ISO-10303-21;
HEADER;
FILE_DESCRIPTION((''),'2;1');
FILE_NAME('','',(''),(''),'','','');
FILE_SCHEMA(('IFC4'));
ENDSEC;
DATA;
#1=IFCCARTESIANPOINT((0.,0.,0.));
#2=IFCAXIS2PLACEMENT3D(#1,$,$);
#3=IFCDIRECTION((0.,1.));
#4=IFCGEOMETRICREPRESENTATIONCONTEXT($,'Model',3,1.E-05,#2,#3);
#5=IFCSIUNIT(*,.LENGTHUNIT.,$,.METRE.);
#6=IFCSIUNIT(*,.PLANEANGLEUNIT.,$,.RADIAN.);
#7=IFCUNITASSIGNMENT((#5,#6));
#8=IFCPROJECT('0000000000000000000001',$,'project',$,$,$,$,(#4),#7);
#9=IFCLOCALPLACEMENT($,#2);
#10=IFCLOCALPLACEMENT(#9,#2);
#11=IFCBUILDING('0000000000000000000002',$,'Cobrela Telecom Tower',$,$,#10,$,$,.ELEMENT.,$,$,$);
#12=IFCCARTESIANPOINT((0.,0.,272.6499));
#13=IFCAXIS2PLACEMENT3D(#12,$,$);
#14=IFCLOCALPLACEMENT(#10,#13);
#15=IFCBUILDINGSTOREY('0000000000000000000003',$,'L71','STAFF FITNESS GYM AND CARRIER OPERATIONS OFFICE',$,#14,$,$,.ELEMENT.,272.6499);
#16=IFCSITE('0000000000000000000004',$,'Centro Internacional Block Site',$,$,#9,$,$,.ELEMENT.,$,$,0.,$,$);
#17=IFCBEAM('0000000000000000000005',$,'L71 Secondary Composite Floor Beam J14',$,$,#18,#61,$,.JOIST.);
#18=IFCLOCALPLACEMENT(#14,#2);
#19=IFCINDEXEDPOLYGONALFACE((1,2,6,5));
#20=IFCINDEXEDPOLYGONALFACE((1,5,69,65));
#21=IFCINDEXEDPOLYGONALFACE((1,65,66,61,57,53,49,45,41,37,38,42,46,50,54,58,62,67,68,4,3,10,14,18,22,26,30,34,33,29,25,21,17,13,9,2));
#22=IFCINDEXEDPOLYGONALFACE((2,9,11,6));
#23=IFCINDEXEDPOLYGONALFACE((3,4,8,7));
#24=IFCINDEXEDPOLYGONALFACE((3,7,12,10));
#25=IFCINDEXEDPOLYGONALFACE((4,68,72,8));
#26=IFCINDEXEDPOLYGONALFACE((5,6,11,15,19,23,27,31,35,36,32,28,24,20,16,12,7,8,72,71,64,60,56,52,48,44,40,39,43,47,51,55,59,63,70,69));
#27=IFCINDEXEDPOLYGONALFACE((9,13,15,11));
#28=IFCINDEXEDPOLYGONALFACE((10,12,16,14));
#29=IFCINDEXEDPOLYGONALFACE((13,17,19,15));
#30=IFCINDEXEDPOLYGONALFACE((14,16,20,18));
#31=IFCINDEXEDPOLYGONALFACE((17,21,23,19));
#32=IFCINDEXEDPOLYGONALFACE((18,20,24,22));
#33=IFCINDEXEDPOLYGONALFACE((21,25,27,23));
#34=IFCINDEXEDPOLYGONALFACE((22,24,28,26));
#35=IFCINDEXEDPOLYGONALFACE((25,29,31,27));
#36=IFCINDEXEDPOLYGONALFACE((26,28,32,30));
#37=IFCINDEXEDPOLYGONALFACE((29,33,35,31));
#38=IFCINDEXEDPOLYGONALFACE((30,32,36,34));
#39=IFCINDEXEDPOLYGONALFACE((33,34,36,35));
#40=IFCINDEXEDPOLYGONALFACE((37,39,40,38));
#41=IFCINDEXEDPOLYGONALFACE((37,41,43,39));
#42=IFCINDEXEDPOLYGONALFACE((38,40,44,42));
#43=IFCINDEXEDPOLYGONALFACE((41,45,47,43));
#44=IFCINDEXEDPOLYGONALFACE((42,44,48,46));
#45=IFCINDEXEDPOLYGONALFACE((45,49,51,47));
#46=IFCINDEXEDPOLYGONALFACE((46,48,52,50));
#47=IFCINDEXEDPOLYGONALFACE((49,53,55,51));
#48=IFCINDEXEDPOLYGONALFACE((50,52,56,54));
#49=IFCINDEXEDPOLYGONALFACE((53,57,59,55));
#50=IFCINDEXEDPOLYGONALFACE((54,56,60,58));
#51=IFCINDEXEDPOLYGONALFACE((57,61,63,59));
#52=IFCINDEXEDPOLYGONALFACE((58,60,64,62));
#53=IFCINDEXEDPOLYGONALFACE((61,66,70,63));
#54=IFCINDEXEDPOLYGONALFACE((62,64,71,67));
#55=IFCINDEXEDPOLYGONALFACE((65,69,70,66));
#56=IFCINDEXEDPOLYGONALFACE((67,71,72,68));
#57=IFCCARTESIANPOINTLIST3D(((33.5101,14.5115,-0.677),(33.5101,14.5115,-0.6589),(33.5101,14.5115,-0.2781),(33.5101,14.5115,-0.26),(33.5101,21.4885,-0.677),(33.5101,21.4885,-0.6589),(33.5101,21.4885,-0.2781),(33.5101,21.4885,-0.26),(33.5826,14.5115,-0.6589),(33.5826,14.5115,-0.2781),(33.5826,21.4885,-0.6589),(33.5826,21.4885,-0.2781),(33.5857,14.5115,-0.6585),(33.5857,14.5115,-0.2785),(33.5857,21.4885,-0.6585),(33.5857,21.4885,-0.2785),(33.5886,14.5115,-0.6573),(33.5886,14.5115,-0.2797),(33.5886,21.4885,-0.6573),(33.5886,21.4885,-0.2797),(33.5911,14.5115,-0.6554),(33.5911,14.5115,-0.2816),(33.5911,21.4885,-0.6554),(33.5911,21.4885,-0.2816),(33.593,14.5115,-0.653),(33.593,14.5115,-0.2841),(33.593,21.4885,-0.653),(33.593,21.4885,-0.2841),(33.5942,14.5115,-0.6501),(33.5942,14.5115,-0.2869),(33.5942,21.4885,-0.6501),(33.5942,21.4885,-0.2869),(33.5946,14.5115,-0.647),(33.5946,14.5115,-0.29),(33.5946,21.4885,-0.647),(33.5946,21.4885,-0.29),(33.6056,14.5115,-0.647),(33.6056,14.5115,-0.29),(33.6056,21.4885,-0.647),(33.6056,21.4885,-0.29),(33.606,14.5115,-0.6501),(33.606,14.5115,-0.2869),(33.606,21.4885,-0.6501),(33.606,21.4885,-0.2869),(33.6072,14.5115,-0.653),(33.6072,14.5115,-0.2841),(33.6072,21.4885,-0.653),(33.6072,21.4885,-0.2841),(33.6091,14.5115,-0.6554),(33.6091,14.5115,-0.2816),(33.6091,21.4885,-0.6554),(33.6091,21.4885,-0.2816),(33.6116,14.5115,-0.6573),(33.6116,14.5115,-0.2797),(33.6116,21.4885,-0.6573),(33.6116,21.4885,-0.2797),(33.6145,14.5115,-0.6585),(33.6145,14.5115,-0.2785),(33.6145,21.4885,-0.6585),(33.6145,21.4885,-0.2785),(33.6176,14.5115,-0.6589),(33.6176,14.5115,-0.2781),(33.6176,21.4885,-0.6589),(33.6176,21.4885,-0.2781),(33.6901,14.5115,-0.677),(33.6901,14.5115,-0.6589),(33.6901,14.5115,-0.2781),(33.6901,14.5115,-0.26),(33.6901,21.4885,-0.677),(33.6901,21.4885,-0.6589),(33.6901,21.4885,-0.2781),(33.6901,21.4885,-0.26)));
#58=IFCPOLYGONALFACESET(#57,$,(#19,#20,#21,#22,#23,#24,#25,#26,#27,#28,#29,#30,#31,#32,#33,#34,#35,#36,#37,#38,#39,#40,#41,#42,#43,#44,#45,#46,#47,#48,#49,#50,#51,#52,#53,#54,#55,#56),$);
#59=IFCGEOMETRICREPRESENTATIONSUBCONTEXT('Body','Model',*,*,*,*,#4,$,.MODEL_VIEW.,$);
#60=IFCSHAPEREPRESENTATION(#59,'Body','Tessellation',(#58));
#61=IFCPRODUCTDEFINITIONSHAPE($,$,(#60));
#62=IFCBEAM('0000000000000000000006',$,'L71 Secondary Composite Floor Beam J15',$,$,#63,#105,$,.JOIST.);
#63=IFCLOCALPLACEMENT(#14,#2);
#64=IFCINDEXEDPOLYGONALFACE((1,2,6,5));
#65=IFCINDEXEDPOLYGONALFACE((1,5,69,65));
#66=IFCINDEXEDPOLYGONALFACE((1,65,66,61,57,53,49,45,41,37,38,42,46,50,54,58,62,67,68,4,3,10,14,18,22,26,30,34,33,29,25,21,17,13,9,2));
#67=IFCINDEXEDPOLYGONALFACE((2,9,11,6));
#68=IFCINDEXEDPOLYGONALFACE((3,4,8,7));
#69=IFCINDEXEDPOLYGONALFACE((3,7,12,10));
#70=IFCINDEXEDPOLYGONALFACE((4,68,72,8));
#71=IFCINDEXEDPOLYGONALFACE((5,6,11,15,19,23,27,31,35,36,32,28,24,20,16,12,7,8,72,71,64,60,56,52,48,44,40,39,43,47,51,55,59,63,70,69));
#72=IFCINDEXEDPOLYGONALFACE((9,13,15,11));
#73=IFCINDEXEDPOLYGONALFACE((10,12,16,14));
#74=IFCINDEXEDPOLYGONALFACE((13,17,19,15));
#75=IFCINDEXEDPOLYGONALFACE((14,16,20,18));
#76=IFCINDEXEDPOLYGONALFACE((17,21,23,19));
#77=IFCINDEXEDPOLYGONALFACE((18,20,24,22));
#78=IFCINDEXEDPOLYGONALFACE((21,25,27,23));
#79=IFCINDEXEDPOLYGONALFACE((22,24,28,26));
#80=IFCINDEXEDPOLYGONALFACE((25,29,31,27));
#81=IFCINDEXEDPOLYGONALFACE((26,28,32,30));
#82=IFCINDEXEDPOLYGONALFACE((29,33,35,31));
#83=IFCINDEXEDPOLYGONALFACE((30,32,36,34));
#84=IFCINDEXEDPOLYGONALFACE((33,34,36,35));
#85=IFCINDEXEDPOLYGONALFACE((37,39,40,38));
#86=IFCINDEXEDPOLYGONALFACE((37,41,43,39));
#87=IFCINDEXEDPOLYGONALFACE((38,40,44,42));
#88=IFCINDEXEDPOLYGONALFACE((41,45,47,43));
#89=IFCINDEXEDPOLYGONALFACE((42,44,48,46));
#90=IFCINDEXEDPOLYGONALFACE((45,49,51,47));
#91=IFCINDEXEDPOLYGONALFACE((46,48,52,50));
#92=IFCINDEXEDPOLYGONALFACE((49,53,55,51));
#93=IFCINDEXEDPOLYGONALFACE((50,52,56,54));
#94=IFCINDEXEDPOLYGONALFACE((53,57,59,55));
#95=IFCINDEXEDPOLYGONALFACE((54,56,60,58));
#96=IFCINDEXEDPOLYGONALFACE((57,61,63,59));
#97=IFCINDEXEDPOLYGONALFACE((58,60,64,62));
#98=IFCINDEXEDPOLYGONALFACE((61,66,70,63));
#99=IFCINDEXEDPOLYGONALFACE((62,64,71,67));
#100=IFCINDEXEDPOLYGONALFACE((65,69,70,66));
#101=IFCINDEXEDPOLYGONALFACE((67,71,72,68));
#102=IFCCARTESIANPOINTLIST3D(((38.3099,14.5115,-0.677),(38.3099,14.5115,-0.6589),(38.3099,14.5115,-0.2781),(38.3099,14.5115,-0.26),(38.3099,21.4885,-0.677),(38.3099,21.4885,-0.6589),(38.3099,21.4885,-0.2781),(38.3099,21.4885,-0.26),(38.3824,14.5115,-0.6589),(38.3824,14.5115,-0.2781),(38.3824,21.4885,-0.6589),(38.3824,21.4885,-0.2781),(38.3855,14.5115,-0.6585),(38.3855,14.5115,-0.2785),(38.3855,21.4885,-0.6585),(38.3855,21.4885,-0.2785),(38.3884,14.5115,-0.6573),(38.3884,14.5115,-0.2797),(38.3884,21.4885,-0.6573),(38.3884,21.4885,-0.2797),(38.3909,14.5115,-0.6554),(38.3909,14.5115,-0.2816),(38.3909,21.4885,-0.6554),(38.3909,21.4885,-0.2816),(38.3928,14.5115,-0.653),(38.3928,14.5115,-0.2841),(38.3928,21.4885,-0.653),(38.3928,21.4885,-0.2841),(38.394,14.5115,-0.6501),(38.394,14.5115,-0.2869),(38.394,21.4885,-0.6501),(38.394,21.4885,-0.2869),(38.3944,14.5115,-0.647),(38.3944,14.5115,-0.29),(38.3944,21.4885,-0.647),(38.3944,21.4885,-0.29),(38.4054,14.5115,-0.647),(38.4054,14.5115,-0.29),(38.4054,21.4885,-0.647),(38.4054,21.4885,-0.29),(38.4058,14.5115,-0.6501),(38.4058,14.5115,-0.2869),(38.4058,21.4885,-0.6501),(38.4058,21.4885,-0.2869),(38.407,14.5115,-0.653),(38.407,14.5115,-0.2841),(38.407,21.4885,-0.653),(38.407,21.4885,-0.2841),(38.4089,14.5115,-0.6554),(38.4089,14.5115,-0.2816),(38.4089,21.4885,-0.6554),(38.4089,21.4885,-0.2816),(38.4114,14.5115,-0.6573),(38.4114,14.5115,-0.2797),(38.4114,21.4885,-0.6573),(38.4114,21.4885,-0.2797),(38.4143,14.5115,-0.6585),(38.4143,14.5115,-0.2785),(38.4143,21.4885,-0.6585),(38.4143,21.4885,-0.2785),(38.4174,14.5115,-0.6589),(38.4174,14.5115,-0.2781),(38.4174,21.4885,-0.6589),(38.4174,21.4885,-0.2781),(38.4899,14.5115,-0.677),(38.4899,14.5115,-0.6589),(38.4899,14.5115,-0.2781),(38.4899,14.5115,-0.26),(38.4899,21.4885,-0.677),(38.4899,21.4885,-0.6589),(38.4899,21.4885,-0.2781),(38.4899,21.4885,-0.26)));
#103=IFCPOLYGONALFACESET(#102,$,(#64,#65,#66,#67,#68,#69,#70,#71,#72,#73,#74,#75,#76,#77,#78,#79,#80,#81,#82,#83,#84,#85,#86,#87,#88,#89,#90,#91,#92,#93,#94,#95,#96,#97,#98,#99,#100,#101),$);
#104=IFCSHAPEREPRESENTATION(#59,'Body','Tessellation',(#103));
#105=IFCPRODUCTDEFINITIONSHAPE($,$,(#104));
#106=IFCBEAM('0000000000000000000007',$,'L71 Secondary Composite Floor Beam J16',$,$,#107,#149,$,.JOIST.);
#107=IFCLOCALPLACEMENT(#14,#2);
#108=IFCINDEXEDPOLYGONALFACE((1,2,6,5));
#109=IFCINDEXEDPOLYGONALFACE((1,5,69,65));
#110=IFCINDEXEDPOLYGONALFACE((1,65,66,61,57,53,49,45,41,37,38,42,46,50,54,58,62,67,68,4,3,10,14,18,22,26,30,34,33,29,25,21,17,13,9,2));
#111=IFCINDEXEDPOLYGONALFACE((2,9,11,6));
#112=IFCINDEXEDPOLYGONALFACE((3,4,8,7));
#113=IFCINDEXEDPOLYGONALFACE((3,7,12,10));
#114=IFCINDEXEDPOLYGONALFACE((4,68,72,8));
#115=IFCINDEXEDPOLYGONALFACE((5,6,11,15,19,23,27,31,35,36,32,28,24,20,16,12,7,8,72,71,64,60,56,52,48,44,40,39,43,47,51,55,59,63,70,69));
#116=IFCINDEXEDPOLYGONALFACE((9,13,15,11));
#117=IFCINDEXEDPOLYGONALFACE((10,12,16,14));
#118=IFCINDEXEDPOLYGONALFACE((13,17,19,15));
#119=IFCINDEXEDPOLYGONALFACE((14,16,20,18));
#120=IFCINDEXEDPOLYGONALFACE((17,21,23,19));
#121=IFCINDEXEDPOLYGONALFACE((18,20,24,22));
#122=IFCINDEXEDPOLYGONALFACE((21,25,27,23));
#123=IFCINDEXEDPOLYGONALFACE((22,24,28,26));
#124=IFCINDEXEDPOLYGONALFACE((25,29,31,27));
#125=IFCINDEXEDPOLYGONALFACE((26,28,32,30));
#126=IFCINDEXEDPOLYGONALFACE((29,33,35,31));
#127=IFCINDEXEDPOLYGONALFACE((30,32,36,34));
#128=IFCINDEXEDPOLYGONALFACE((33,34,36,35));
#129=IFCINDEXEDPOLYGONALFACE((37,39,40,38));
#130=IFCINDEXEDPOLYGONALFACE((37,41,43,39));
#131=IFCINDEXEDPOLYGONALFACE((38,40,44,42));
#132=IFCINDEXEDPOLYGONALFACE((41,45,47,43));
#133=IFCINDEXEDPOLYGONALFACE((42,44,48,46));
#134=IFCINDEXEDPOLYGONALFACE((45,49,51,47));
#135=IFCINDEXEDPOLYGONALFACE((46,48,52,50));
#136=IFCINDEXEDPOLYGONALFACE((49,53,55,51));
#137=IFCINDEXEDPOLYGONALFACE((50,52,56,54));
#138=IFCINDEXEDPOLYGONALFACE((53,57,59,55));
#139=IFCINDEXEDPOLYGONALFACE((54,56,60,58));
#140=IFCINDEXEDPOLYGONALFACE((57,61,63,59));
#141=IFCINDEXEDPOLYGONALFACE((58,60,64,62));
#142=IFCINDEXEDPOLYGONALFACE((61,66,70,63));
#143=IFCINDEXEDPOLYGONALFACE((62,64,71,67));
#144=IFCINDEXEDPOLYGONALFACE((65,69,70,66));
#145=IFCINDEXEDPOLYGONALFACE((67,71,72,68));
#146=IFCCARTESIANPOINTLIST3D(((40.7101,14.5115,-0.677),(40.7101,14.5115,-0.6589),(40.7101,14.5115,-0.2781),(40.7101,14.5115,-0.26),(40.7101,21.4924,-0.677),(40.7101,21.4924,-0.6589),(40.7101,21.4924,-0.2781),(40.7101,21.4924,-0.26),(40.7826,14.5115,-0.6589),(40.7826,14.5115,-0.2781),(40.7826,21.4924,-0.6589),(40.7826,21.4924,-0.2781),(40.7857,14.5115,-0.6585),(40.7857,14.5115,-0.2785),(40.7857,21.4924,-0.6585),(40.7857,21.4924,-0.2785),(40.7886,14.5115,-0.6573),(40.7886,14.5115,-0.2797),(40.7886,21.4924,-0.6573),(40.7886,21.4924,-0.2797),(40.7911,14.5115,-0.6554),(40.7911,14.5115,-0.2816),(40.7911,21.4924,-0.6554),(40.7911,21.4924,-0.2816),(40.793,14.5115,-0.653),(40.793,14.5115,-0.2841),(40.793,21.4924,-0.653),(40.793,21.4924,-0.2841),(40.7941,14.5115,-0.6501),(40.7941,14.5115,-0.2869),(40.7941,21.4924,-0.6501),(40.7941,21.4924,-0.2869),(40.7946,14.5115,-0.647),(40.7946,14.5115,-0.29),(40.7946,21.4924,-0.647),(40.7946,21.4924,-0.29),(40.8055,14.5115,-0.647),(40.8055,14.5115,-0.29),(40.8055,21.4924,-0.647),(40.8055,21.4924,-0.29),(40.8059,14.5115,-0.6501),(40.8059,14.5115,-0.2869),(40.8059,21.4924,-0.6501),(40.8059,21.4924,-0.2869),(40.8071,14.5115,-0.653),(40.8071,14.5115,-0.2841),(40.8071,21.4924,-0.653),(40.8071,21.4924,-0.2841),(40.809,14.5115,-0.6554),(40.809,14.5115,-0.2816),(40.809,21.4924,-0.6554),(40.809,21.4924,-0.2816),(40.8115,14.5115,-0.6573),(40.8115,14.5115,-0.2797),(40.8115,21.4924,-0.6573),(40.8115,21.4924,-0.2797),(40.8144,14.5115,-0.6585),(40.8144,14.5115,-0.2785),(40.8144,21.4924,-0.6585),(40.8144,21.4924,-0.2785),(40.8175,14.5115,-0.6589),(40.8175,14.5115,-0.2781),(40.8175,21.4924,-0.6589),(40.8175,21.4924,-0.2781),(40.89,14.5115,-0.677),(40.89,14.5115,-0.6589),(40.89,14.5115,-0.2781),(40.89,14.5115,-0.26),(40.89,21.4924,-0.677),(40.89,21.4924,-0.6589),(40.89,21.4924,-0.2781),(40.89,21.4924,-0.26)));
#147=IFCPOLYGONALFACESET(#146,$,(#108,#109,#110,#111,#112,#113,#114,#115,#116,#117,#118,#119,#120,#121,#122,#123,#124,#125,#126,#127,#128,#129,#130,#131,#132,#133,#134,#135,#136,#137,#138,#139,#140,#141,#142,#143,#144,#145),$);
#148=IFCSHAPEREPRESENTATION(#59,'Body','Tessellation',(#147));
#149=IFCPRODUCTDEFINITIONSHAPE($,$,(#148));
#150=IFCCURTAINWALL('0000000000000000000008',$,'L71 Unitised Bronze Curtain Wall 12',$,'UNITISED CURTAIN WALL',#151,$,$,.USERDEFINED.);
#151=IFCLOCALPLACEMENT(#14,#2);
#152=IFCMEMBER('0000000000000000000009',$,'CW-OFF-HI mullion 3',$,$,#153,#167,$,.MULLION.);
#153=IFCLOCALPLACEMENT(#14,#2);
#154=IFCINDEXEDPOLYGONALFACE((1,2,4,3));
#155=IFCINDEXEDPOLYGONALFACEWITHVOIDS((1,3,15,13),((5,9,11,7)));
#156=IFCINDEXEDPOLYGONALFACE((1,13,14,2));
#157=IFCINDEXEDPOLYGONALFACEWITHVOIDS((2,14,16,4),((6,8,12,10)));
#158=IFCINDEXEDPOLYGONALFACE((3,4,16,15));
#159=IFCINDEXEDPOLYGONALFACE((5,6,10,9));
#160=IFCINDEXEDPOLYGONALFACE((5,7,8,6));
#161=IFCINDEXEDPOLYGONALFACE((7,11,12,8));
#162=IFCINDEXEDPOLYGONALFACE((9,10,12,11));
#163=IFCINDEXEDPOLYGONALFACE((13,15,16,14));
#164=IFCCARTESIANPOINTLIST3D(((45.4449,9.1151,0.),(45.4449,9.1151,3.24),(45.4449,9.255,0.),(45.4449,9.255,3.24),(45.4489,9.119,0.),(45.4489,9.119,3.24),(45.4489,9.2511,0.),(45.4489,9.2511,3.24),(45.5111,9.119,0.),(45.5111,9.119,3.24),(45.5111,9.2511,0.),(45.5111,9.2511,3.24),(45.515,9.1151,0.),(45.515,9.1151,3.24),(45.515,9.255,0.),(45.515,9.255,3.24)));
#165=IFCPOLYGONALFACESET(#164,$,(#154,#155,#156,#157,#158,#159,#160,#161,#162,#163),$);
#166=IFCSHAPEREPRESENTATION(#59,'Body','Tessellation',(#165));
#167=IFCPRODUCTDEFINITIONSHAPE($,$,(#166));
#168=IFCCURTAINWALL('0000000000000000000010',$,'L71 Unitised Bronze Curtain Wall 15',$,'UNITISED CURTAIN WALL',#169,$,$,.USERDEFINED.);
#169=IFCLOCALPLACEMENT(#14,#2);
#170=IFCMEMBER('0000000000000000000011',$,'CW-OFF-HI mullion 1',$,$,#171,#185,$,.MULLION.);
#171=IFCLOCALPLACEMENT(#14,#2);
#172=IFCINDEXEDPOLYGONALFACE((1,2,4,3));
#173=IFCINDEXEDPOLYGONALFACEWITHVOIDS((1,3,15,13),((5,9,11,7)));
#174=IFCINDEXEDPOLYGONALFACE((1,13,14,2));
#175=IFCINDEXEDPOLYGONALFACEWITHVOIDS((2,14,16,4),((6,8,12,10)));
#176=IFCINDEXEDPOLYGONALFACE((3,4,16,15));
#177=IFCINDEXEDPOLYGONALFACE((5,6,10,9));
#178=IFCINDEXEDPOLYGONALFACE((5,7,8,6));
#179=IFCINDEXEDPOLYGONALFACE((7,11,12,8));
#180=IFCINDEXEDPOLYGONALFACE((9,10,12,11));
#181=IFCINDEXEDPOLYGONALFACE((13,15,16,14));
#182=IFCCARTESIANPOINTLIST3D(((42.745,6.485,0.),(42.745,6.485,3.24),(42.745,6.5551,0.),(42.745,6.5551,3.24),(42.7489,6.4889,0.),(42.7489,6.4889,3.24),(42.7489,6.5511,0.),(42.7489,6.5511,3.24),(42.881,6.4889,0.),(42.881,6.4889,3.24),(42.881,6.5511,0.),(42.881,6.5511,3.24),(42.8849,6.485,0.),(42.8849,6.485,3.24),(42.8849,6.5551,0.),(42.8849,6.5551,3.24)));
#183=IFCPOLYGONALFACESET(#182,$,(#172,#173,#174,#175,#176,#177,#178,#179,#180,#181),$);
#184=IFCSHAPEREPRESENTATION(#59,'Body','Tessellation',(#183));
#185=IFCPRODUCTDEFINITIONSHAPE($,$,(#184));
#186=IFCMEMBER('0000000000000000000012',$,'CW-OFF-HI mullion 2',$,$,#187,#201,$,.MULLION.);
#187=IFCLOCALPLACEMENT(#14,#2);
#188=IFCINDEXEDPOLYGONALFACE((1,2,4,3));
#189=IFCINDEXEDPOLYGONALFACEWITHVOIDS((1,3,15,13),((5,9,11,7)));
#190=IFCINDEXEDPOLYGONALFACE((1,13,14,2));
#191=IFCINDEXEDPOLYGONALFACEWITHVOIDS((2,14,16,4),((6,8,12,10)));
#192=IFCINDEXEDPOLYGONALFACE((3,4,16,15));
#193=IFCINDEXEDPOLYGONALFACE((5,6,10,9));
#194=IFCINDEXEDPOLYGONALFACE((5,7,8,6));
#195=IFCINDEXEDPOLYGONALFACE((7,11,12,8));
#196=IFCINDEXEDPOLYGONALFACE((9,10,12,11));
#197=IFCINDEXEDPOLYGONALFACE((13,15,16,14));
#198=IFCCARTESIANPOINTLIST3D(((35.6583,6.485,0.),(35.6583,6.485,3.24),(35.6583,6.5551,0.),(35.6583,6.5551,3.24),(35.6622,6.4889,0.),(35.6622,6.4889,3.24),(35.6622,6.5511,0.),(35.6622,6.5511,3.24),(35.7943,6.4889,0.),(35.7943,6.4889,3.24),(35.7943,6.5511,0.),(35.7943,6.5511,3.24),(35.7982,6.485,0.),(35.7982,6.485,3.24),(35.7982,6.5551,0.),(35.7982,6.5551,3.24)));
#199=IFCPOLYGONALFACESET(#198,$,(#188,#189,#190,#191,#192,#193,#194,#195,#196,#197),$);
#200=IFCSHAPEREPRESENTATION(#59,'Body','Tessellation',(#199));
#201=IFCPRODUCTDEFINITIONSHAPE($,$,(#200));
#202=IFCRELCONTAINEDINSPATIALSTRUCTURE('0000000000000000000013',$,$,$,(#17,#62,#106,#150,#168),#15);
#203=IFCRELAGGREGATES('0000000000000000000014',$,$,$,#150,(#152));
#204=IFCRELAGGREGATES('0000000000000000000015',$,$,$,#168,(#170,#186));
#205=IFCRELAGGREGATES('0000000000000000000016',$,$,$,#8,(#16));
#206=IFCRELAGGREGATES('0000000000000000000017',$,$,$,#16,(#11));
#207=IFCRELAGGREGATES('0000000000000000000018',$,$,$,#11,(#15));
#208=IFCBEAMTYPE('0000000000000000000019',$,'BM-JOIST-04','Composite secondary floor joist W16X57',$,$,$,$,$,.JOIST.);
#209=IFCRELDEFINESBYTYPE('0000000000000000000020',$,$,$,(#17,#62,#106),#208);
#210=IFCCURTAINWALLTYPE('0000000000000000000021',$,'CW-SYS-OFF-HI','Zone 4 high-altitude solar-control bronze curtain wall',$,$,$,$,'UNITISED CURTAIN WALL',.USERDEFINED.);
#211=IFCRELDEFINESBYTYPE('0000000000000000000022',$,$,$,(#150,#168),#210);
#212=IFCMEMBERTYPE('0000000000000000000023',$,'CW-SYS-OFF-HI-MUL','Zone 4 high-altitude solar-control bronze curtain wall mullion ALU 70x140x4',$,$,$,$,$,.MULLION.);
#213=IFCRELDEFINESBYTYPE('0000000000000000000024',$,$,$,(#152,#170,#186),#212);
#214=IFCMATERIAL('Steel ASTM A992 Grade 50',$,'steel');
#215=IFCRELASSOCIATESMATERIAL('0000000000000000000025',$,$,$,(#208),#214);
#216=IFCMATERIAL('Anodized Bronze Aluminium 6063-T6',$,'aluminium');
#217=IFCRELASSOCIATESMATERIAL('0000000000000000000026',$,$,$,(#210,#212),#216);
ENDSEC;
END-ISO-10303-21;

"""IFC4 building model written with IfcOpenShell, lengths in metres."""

from ifc_helpers import new_model, si_unit, direction, frame, origin, origin_2d, place, context, subcontext, project, spatial, hollow_rectangle, i_section, extrude, material, material_profile, profile_set, type_object, element, aggregate, save


model = new_model("IFC4")

# Units and contexts
model_context = context("Model", 3, precision=1e-05, world=origin(), true_north=direction((0.0, 1.0)))
body_context = subcontext(model_context, "Body", "Model", "MODEL_VIEW")
ifc_project = project(units=[si_unit("LENGTHUNIT", "METRE"), si_unit("PLANEANGLEUNIT", "RADIAN")], contexts=[model_context])

# Site, building, storey
site_placement = place(None, origin())
site = spatial("IfcSite", under=ifc_project, at=site_placement, Name="Centro Internacional Block Site", CompositionType="ELEMENT", RefElevation=0.0)
building_placement = place(site_placement, origin())
building = spatial("IfcBuilding", under=site, at=building_placement, Name="Cobrela Telecom Tower", CompositionType="ELEMENT")
storey_placement = place(building_placement, frame((0.0, 0.0, 272.6499)))
storey = spatial("IfcBuildingStorey", under=building, at=storey_placement, Name="L71", Description="STAFF FITNESS GYM AND CARRIER OPERATIONS OFFICE", CompositionType="ELEMENT", Elevation=272.6499)

# Shared definitions
ifc_material_1 = material(Name="Steel ASTM A992 Grade 50", Category="steel")

# Beams
ifc_material_profile_1 = material_profile(ifc_material_1, i_section(OverallWidth=0.1799, OverallDepth=0.417, WebThickness=0.011, FlangeThickness=0.0181, FilletRadius=0.012, at=origin_2d()), Name="W16X57")
ifc_profile_set_1 = profile_set([ifc_material_profile_1], Name="Steel ASTM A992 Grade 50")
beam_type_1 = type_object("IfcBeamType", Name="BM-JOIST-04", Description="Composite secondary floor joist W16X57", PredefinedType="JOIST", material=ifc_profile_set_1)
for number, where, z_axis, x_axis, name in (
    (1, (33.6001, 14.5115, -0.4685), (0.0, 1.0, 0.0), (-1.0, 0.0, 0.0), "L71 Secondary Composite Floor Beam J14"),
    (2, (38.3999, 14.5115, -0.4685), (0.0, 1.0, 0.0), (-1.0, 0.0, 0.0), "L71 Secondary Composite Floor Beam J15"),
):
    element("IfcBeam", number, at=place(storey_placement, frame(where, z_axis=z_axis, x_axis=x_axis)), inside=storey, type_object=beam_type_1, Name=name, PredefinedType="JOIST", context=body_context, shape_type="SweptSolid", body=[
        extrude(i_section(OverallWidth=0.1799, OverallDepth=0.417, WebThickness=0.011, FlangeThickness=0.0181, FilletRadius=0.012, at=origin_2d()), origin(), (0.0, 0.0, 1.0), 6.9771),
    ])
beam_1_placement = place(storey_placement, frame((40.8, 14.5115, -0.4685), z_axis=(0.0, 1.0, 0.0), x_axis=(-1.0, 0.0, 0.0)))
element("IfcBeam", 3, at=beam_1_placement, inside=storey, type_object=beam_type_1, Name="L71 Secondary Composite Floor Beam J16", PredefinedType="JOIST", context=body_context, shape_type="SweptSolid", body=[
    extrude(i_section(OverallWidth=0.1799, OverallDepth=0.417, WebThickness=0.011, FlangeThickness=0.0181, FilletRadius=0.012, at=origin_2d()), origin(), (0.0, 0.0, 1.0), 6.981),
])

# Curtain wall, member
ifc_material_2 = material(Name="Anodized Bronze Aluminium 6063-T6", Category="aluminium")
curtain_wall_type = type_object("IfcCurtainWallType", Name="CW-SYS-OFF-HI", Description="Zone 4 high-altitude solar-control bronze curtain wall", ElementType="UNITISED CURTAIN WALL", PredefinedType="USERDEFINED", material=ifc_material_2)
curtain_wall_1_placement = place(storey_placement, origin())
curtain_wall_1 = element("IfcCurtainWall", 4, at=curtain_wall_1_placement, inside=storey, type_object=curtain_wall_type, Name="L71 Unitised Bronze Curtain Wall 12", ObjectType="UNITISED CURTAIN WALL", PredefinedType="USERDEFINED")
ifc_material_profile_2 = material_profile(ifc_material_2, hollow_rectangle(XDim=0.0701, YDim=0.1399, WallThickness=0.0039, at=origin_2d()), Name="ALU 70x140x4")
ifc_profile_set_2 = profile_set([ifc_material_profile_2], Name="Anodized Bronze Aluminium 6063-T6")
member_type_1 = type_object("IfcMemberType", Name="CW-SYS-OFF-HI-MUL", Description="Zone 4 high-altitude solar-control bronze curtain wall mullion ALU 70x140x4", PredefinedType="MULLION", material=ifc_profile_set_2)
member_1_placement = place(storey_placement, frame((45.48, 9.1851, 0.0), z_axis=(0.0, 0.0, 1.0), x_axis=(1.0, 0.0, 0.0)))
member_1 = element("IfcMember", 5, at=member_1_placement, type_object=member_type_1, Name="CW-OFF-HI mullion 3", PredefinedType="MULLION", context=body_context, shape_type="SweptSolid", body=[
    extrude(hollow_rectangle(XDim=0.0701, YDim=0.1399, WallThickness=0.0039, at=origin_2d()), origin(), (0.0, 0.0, 1.0), 3.24),
])

# Curtain wall, members
curtain_wall_2_placement = place(storey_placement, origin())
curtain_wall_2 = element("IfcCurtainWall", 6, at=curtain_wall_2_placement, inside=storey, type_object=curtain_wall_type, Name="L71 Unitised Bronze Curtain Wall 15", ObjectType="UNITISED CURTAIN WALL", PredefinedType="USERDEFINED")
member_2_placement = place(storey_placement, frame((42.8149, 6.52, 0.0), z_axis=(0.0, 0.0, 1.0), x_axis=(0.0, -1.0, 0.0)))
member_2 = element("IfcMember", 7, at=member_2_placement, type_object=member_type_1, Name="CW-OFF-HI mullion 1", PredefinedType="MULLION", context=body_context, shape_type="SweptSolid", body=[
    extrude(hollow_rectangle(XDim=0.0701, YDim=0.1399, WallThickness=0.0039, at=origin_2d()), origin(), (0.0, 0.0, 1.0), 3.24),
])
member_3_placement = place(storey_placement, frame((35.7283, 6.52, 0.0), z_axis=(0.0, 0.0, 1.0), x_axis=(0.0, -1.0, 0.0)))
member_3 = element("IfcMember", 8, at=member_3_placement, type_object=member_type_1, Name="CW-OFF-HI mullion 2", PredefinedType="MULLION", context=body_context, shape_type="SweptSolid", body=[
    extrude(hollow_rectangle(XDim=0.0701, YDim=0.1399, WallThickness=0.0039, at=origin_2d()), origin(), (0.0, 0.0, 1.0), 3.24),
])

aggregate(curtain_wall_1, [member_1])
aggregate(curtain_wall_2, [member_2, member_3])

save(model, "model.ifc")
